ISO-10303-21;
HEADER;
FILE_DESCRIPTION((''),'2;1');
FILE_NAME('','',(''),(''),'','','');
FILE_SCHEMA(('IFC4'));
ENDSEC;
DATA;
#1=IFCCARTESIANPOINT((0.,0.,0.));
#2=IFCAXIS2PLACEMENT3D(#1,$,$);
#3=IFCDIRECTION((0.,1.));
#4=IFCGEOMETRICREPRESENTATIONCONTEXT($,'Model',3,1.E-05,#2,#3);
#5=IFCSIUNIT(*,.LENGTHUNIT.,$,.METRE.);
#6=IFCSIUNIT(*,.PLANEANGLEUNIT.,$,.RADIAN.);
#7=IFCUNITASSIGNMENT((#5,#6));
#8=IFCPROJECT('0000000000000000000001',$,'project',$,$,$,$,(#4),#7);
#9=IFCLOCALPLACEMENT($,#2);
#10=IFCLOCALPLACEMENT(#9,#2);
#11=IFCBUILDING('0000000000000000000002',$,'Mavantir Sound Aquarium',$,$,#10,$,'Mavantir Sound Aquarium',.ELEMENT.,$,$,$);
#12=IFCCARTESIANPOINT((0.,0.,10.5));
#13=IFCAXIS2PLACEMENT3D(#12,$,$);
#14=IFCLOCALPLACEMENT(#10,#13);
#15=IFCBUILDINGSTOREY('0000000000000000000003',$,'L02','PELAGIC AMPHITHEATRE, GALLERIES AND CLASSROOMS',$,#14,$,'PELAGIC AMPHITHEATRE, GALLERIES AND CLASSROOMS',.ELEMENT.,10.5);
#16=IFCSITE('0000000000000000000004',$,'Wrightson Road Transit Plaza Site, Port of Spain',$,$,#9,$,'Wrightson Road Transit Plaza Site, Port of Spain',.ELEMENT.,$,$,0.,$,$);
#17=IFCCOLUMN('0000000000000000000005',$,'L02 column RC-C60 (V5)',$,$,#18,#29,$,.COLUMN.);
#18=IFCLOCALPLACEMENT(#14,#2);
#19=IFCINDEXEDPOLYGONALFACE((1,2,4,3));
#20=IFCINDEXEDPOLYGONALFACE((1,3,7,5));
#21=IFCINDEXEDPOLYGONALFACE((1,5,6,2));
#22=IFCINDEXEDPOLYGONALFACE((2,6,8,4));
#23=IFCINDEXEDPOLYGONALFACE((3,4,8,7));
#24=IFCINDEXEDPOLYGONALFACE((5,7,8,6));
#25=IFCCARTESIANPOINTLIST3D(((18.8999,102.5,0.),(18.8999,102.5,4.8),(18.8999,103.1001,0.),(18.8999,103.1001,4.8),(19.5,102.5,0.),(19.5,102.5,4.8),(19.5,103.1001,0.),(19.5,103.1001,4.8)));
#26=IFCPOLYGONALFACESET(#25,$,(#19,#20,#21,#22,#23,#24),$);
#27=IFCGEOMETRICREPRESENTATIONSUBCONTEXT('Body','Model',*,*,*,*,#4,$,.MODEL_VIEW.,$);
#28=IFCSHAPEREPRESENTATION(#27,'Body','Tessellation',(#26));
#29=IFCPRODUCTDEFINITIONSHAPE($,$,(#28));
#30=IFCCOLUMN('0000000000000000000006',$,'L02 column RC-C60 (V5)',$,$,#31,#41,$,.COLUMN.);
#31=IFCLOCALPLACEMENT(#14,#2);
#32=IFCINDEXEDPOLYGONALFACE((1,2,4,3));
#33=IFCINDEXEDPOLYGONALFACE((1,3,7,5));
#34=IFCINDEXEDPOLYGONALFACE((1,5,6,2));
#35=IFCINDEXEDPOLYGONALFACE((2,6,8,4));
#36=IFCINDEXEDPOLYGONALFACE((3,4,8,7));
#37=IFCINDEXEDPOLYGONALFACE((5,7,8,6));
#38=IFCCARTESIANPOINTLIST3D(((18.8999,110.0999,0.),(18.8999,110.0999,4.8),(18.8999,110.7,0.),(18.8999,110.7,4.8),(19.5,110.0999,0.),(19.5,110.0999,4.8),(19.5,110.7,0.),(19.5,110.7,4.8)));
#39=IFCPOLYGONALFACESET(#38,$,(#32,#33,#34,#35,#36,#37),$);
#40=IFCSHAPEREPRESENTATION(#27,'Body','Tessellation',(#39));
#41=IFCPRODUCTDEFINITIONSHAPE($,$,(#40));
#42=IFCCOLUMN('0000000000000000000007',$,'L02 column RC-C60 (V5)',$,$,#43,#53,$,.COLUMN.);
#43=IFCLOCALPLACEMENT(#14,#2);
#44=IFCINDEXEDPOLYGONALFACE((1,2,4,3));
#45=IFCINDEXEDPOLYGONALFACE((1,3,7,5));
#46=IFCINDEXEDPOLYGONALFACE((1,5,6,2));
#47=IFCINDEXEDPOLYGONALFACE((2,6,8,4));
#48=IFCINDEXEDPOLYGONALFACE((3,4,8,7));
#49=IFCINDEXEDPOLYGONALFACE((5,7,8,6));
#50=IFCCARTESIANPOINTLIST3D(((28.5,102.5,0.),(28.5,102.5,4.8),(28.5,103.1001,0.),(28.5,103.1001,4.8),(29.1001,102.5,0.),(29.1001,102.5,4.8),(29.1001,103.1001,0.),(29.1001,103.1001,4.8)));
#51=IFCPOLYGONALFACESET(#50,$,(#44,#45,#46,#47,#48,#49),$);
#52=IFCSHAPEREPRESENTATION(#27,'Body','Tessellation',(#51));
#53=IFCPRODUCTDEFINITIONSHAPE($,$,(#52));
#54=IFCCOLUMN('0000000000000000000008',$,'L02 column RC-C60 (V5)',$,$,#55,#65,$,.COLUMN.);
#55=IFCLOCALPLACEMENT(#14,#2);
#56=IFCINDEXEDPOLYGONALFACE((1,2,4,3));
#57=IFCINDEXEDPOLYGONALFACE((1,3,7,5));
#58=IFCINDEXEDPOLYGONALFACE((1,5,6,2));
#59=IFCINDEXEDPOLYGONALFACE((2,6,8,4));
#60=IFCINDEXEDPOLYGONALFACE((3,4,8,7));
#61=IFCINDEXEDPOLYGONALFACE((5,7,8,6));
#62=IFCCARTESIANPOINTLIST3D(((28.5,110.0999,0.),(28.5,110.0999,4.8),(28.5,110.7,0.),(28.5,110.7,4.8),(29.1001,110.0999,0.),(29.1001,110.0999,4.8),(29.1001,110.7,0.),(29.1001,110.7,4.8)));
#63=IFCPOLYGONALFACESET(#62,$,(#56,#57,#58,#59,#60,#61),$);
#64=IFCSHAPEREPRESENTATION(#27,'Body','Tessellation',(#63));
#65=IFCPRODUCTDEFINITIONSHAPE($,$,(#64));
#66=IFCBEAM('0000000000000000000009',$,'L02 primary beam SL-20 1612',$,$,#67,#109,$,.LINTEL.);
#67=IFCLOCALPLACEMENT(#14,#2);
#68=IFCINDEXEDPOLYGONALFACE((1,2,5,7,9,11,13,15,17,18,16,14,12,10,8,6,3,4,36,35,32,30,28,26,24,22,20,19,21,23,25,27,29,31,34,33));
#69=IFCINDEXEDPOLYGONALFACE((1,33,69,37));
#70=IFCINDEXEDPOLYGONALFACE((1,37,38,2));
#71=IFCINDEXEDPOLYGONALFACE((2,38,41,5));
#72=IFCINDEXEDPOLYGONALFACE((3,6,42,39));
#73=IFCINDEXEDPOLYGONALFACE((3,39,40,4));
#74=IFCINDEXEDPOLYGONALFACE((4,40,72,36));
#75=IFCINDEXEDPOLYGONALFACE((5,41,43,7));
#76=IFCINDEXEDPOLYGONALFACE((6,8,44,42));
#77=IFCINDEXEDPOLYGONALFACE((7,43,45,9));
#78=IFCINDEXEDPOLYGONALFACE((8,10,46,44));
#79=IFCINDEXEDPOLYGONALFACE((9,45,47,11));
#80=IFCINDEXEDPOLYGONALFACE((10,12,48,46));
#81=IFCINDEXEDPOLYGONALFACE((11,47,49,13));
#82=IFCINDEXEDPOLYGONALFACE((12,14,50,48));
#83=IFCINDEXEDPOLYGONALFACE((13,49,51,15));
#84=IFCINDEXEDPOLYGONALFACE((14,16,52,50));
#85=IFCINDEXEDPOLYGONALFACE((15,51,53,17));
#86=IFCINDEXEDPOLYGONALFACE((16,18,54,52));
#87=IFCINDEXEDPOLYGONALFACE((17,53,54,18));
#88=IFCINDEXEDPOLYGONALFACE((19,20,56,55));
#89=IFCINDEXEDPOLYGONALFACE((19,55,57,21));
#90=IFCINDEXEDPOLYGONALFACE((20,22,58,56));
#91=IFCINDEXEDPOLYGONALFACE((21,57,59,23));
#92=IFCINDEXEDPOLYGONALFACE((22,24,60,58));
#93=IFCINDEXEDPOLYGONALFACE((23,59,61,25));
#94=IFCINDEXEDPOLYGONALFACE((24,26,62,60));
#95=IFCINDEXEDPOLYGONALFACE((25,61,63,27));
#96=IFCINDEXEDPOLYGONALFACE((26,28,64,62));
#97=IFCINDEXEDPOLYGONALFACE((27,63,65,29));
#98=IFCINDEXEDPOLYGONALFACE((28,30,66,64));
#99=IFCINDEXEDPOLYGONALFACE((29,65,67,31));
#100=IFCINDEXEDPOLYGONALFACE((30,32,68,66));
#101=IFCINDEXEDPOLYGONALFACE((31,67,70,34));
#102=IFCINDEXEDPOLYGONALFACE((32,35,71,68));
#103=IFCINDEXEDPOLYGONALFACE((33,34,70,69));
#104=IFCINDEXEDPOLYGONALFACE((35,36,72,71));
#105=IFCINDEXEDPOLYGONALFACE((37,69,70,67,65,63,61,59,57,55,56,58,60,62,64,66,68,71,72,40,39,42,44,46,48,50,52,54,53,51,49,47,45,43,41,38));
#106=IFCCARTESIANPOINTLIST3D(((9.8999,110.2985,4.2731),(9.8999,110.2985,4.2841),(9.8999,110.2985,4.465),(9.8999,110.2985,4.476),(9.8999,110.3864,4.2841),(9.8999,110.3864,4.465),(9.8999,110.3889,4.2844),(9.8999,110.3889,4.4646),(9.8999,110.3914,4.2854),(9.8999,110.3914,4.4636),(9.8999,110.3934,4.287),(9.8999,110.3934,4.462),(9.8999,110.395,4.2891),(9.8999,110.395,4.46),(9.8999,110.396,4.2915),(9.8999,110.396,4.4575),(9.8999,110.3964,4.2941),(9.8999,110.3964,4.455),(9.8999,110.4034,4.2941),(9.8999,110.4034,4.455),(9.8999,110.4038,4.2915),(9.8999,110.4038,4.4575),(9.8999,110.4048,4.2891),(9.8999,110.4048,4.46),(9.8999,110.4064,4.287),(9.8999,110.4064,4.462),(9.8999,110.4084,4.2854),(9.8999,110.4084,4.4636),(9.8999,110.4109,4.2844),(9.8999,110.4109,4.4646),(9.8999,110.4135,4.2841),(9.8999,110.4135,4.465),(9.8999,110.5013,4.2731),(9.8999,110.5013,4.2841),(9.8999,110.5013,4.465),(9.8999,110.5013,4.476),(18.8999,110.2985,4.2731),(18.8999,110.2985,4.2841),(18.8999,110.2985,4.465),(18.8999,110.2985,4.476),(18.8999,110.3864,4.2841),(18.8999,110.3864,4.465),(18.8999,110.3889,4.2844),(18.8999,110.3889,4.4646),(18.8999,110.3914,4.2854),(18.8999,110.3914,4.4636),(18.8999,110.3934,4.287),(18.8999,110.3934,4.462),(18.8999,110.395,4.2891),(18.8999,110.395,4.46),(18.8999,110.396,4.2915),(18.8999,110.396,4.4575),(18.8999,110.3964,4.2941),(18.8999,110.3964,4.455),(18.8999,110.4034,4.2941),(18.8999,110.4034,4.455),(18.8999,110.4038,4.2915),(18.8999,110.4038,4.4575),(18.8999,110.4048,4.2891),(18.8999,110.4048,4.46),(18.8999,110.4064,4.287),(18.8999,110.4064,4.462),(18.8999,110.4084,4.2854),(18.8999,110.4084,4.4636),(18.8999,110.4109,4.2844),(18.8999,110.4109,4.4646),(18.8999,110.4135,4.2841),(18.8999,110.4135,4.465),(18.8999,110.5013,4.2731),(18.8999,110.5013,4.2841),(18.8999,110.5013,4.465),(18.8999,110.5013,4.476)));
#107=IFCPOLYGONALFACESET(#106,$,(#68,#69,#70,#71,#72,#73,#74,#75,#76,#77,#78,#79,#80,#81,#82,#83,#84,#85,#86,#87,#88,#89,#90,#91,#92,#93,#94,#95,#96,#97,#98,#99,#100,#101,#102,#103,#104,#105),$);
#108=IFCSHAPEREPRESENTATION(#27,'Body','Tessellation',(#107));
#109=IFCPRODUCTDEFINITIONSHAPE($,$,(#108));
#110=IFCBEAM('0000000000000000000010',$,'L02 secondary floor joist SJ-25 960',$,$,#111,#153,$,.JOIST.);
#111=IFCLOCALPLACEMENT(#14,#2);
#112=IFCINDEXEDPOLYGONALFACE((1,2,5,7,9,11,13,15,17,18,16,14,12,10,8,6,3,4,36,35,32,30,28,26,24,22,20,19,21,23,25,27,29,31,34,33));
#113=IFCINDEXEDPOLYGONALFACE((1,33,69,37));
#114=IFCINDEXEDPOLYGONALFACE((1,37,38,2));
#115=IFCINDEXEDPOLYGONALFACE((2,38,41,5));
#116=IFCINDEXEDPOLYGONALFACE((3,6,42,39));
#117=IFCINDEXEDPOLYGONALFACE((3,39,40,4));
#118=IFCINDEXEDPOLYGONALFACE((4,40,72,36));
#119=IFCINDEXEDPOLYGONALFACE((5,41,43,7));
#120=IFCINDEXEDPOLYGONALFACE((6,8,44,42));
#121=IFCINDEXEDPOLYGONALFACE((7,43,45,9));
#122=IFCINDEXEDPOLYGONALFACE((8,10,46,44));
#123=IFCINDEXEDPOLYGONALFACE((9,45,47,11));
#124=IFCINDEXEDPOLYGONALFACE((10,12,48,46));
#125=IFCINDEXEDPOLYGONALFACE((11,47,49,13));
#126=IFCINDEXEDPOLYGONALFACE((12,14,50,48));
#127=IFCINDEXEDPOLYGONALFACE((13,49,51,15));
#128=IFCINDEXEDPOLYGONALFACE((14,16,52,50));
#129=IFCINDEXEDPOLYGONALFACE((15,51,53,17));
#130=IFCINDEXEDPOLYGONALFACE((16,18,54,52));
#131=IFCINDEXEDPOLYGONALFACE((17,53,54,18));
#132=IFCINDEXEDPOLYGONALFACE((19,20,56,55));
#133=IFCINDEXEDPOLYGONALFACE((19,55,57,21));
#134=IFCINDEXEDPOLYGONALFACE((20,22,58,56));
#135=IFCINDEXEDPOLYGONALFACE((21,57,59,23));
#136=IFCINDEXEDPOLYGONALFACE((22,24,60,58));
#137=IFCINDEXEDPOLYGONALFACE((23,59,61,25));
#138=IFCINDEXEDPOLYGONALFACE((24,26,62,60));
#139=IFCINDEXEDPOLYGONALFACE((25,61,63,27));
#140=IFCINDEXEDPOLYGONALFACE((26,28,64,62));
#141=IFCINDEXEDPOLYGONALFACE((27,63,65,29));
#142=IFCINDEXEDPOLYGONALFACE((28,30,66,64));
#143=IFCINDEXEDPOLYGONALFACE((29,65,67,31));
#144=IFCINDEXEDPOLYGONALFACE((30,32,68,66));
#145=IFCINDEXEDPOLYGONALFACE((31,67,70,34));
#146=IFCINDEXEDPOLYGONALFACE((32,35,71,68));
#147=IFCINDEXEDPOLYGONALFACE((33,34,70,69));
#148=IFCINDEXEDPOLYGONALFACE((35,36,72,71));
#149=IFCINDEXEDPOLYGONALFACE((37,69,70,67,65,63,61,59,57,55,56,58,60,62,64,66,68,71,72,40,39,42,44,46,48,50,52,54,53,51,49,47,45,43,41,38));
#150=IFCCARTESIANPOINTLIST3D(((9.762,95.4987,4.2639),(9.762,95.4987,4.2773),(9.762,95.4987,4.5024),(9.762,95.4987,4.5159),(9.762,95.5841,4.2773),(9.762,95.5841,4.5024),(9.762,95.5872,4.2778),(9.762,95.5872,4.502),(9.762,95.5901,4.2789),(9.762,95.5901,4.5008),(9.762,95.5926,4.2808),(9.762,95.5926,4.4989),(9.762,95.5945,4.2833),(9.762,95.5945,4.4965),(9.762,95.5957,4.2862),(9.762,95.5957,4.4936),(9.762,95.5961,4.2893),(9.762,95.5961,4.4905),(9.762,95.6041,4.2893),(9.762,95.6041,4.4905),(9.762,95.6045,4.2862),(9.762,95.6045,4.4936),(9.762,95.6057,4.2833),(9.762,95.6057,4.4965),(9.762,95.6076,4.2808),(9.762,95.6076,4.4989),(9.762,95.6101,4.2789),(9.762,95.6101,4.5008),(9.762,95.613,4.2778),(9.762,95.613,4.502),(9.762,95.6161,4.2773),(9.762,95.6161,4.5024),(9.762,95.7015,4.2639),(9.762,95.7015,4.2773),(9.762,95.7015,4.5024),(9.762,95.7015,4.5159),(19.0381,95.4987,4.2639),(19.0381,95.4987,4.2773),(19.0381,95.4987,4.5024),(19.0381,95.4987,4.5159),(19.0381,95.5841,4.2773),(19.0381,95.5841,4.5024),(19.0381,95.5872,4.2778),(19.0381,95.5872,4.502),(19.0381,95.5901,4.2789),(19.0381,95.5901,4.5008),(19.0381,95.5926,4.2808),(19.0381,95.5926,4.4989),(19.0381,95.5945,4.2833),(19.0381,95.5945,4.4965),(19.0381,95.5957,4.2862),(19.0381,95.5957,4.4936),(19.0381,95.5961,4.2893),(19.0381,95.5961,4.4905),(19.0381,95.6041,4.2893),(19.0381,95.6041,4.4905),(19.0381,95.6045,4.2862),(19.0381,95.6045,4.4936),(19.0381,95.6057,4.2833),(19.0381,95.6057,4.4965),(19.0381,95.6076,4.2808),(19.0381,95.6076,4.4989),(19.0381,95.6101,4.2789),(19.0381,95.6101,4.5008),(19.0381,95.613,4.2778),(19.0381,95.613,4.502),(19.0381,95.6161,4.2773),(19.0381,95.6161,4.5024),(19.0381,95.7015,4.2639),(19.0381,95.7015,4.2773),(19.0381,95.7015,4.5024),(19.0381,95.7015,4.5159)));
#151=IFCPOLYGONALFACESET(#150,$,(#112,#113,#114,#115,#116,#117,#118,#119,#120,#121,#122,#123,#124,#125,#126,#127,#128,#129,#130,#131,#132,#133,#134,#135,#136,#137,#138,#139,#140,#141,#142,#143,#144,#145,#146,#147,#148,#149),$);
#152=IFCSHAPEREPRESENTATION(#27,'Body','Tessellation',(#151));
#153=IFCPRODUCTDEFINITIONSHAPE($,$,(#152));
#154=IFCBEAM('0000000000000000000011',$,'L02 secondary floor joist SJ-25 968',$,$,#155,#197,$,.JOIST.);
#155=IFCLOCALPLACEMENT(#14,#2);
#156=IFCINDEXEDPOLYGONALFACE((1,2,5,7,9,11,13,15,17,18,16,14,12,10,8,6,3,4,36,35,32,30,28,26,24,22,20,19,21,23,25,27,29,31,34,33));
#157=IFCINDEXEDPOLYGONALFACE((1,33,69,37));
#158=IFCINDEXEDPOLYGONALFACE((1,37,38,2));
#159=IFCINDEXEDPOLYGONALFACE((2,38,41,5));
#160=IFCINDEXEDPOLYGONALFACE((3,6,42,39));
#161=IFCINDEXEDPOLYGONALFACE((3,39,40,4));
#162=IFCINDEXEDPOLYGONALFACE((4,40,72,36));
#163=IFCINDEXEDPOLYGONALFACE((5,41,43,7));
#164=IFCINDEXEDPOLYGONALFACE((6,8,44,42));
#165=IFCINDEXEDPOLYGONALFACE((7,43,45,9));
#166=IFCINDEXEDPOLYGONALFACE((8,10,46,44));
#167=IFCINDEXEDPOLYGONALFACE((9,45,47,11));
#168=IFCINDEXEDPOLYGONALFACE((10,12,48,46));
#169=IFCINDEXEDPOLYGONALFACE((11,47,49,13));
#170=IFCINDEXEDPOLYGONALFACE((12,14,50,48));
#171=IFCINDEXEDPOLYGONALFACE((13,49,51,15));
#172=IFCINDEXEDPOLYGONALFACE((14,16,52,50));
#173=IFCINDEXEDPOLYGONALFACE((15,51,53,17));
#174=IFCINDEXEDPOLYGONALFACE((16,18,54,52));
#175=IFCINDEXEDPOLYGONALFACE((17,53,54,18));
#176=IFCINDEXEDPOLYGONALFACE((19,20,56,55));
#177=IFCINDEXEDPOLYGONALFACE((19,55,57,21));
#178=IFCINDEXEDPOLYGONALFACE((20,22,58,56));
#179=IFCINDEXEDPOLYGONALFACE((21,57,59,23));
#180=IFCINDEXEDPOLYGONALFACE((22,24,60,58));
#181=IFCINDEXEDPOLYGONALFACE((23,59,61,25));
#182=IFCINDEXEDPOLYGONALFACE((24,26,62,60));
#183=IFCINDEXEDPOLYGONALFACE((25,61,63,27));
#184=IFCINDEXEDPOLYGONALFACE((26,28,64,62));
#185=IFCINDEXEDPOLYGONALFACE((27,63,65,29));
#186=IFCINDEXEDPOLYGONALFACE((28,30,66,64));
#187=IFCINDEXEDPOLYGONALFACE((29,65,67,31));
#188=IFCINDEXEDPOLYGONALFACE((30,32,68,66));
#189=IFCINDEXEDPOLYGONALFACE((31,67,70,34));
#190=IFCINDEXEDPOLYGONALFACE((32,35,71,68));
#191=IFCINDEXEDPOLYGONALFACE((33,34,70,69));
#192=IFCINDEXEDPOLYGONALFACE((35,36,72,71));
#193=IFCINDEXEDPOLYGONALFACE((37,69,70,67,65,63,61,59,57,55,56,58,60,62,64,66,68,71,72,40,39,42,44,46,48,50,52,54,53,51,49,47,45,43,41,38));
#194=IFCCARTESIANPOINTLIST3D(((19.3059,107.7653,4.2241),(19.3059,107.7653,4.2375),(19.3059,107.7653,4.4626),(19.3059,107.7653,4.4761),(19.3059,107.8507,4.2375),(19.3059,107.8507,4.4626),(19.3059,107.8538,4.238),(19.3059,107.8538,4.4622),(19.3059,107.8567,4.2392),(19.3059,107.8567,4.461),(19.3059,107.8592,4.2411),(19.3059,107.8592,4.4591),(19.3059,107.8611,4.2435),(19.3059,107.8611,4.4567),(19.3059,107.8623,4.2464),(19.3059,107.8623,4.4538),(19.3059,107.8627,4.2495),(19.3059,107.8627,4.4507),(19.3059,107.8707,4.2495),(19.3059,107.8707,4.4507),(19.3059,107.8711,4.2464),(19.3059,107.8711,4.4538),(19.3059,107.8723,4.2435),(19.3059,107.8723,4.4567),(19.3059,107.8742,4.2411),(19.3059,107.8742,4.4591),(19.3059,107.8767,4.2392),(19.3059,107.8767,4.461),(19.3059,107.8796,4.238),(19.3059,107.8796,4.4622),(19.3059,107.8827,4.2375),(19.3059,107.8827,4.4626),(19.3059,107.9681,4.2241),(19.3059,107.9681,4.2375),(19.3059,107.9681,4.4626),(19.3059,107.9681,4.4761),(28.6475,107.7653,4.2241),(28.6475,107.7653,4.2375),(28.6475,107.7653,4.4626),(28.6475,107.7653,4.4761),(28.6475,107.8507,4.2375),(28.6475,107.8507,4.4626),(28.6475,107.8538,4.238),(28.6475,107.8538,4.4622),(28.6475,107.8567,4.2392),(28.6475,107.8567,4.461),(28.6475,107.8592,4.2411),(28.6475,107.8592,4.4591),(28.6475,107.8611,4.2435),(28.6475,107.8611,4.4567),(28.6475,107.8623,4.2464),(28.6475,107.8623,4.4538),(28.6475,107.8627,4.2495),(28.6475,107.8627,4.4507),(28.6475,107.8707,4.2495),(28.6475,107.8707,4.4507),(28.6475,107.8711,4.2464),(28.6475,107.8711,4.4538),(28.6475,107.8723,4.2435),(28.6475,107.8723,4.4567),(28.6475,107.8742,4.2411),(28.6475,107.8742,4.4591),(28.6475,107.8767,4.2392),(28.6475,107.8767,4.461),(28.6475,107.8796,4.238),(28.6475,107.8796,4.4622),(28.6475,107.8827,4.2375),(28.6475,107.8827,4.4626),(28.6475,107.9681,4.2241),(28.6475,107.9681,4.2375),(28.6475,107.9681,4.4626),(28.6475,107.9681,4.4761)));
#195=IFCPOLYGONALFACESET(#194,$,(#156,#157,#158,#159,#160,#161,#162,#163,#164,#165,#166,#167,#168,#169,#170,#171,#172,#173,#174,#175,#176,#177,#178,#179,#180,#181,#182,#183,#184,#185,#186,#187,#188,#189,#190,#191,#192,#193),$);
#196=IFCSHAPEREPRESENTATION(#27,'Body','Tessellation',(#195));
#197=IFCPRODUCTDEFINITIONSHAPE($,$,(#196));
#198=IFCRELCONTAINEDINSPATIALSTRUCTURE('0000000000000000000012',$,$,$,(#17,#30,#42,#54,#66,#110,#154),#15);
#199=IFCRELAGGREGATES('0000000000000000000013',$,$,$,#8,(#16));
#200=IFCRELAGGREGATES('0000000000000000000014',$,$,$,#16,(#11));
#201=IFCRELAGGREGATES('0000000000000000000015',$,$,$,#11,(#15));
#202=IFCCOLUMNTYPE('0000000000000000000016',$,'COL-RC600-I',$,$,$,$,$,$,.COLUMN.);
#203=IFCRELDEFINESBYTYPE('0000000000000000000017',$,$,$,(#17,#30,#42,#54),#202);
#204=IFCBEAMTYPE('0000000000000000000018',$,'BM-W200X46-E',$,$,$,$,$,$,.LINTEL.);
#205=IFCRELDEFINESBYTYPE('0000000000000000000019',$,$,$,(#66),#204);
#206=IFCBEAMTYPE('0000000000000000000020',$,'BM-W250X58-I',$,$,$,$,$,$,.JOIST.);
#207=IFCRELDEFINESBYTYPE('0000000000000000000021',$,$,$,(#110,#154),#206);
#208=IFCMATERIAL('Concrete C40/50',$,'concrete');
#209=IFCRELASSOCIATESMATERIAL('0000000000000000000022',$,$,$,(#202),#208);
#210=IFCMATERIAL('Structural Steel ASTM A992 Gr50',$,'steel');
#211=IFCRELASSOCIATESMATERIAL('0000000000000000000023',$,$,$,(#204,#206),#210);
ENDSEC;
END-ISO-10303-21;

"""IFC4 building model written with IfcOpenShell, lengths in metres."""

from ifc_helpers import new_model, si_unit, direction, frame, origin, origin_2d, place, context, subcontext, project, spatial, rectangle, i_section, extrude, material, material_profile, profile_set, type_object, element, save


model = new_model("IFC4")

# Units and contexts
model_context = context("Model", 3, precision=1e-05, world=origin(), true_north=direction((0.0, 1.0)))
body_context = subcontext(model_context, "Body", "Model", "MODEL_VIEW")
ifc_project = project(units=[si_unit("LENGTHUNIT", "METRE"), si_unit("PLANEANGLEUNIT", "RADIAN")], contexts=[model_context])

# Site, building, storey
site_placement = place(None, origin())
site = spatial("IfcSite", under=ifc_project, at=site_placement, Name="Wrightson Road Transit Plaza Site, Port of Spain", LongName="Wrightson Road Transit Plaza Site, Port of Spain", CompositionType="ELEMENT", RefElevation=0.0)
building_placement = place(site_placement, origin())
building = spatial("IfcBuilding", under=site, at=building_placement, Name="Mavantir Sound Aquarium", LongName="Mavantir Sound Aquarium", CompositionType="ELEMENT")
storey_placement = place(building_placement, frame((0.0, 0.0, 10.5)))
storey = spatial("IfcBuildingStorey", under=building, at=storey_placement, Name="L02", Description="PELAGIC AMPHITHEATRE, GALLERIES AND CLASSROOMS", LongName="PELAGIC AMPHITHEATRE, GALLERIES AND CLASSROOMS", CompositionType="ELEMENT", Elevation=10.5)

# Columns
ifc_material_1 = material(Name="Concrete C40/50", Category="concrete")
ifc_material_profile_1 = material_profile(ifc_material_1, rectangle(XDim=0.6001, YDim=0.6001, at=origin_2d()), Name="RC 600X600")
ifc_profile_set_1 = profile_set([ifc_material_profile_1], Name="Concrete C40/50")
column_type = type_object("IfcColumnType", Name="COL-RC600-I", PredefinedType="COLUMN", material=ifc_profile_set_1)
for number, where, z_axis, x_axis, name in (
    (1, (19.2, 102.8, 0.0), (0.0, 0.0, 1.0), (1.0, 0.0, 0.0), "L02 column RC-C60 (V5)"),
    (2, (19.2, 110.3999, 0.0), (0.0, 0.0, 1.0), (1.0, 0.0, 0.0), "L02 column RC-C60 (V5)"),
    (3, (28.8, 102.8, 0.0), (0.0, 0.0, 1.0), (1.0, 0.0, 0.0), "L02 column RC-C60 (V5)"),
    (4, (28.8, 110.3999, 0.0), (0.0, 0.0, 1.0), (1.0, 0.0, 0.0), "L02 column RC-C60 (V5)"),
):
    element("IfcColumn", number, at=place(storey_placement, frame(where, z_axis=z_axis, x_axis=x_axis)), inside=storey, type_object=column_type, Name=name, PredefinedType="COLUMN", context=body_context, shape_type="SweptSolid", body=[
        extrude(rectangle(XDim=0.6001, YDim=0.6001, at=origin_2d()), origin(), (0.0, 0.0, 1.0), 4.8),
    ])

# Beams
ifc_material_2 = material(Name="Structural Steel ASTM A992 Gr50", Category="steel")
ifc_material_profile_2 = material_profile(ifc_material_2, i_section(OverallWidth=0.2029, OverallDepth=0.2029, WebThickness=0.0071, FlangeThickness=0.011, FilletRadius=0.01, at=origin_2d()), Name="W200X46")
ifc_profile_set_2 = profile_set([ifc_material_profile_2], Name="Structural Steel ASTM A992 Gr50")
beam_type_1 = type_object("IfcBeamType", Name="BM-W200X46-E", PredefinedType="LINTEL", material=ifc_profile_set_2)
beam_1_placement = place(storey_placement, frame((9.8999, 110.3999, 4.3745), z_axis=(1.0, 0.0, 0.0), x_axis=(0.0, 1.0, 0.0)))
element("IfcBeam", 5, at=beam_1_placement, inside=storey, type_object=beam_type_1, Name="L02 primary beam SL-20 1612", PredefinedType="LINTEL", context=body_context, shape_type="SweptSolid", body=[
    extrude(i_section(OverallWidth=0.2029, OverallDepth=0.2029, WebThickness=0.0071, FlangeThickness=0.011, FilletRadius=0.01, at=origin_2d()), origin(), (0.0, 0.0, 1.0), 9.0),
])
ifc_material_profile_3 = material_profile(ifc_material_2, i_section(OverallWidth=0.2029, OverallDepth=0.252, WebThickness=0.0081, FlangeThickness=0.0134, FilletRadius=0.012, at=origin_2d()), Name="W250X58")
ifc_profile_set_3 = profile_set([ifc_material_profile_3], Name="Structural Steel ASTM A992 Gr50")
beam_type_2 = type_object("IfcBeamType", Name="BM-W250X58-I", PredefinedType="JOIST", material=ifc_profile_set_3)
beam_2_placement = place(storey_placement, frame((9.762, 95.6001, 4.3899), z_axis=(1.0, 0.0, 0.0), x_axis=(0.0, 1.0, 0.0)))
element("IfcBeam", 6, at=beam_2_placement, inside=storey, type_object=beam_type_2, Name="L02 secondary floor joist SJ-25 960", PredefinedType="JOIST", context=body_context, shape_type="SweptSolid", body=[
    extrude(i_section(OverallWidth=0.2029, OverallDepth=0.252, WebThickness=0.0081, FlangeThickness=0.0134, FilletRadius=0.012, at=origin_2d()), origin(), (0.0, 0.0, 1.0), 9.2761),
])
beam_3_placement = place(storey_placement, frame((19.3059, 107.8667, 4.3501), z_axis=(1.0, 0.0, 0.0), x_axis=(0.0, 1.0, 0.0)))
element("IfcBeam", 7, at=beam_3_placement, inside=storey, type_object=beam_type_2, Name="L02 secondary floor joist SJ-25 968", PredefinedType="JOIST", context=body_context, shape_type="SweptSolid", body=[
    extrude(i_section(OverallWidth=0.2029, OverallDepth=0.252, WebThickness=0.0081, FlangeThickness=0.0134, FilletRadius=0.012, at=origin_2d()), origin(), (0.0, 0.0, 1.0), 9.3416),
])

save(model, "model.ifc")
